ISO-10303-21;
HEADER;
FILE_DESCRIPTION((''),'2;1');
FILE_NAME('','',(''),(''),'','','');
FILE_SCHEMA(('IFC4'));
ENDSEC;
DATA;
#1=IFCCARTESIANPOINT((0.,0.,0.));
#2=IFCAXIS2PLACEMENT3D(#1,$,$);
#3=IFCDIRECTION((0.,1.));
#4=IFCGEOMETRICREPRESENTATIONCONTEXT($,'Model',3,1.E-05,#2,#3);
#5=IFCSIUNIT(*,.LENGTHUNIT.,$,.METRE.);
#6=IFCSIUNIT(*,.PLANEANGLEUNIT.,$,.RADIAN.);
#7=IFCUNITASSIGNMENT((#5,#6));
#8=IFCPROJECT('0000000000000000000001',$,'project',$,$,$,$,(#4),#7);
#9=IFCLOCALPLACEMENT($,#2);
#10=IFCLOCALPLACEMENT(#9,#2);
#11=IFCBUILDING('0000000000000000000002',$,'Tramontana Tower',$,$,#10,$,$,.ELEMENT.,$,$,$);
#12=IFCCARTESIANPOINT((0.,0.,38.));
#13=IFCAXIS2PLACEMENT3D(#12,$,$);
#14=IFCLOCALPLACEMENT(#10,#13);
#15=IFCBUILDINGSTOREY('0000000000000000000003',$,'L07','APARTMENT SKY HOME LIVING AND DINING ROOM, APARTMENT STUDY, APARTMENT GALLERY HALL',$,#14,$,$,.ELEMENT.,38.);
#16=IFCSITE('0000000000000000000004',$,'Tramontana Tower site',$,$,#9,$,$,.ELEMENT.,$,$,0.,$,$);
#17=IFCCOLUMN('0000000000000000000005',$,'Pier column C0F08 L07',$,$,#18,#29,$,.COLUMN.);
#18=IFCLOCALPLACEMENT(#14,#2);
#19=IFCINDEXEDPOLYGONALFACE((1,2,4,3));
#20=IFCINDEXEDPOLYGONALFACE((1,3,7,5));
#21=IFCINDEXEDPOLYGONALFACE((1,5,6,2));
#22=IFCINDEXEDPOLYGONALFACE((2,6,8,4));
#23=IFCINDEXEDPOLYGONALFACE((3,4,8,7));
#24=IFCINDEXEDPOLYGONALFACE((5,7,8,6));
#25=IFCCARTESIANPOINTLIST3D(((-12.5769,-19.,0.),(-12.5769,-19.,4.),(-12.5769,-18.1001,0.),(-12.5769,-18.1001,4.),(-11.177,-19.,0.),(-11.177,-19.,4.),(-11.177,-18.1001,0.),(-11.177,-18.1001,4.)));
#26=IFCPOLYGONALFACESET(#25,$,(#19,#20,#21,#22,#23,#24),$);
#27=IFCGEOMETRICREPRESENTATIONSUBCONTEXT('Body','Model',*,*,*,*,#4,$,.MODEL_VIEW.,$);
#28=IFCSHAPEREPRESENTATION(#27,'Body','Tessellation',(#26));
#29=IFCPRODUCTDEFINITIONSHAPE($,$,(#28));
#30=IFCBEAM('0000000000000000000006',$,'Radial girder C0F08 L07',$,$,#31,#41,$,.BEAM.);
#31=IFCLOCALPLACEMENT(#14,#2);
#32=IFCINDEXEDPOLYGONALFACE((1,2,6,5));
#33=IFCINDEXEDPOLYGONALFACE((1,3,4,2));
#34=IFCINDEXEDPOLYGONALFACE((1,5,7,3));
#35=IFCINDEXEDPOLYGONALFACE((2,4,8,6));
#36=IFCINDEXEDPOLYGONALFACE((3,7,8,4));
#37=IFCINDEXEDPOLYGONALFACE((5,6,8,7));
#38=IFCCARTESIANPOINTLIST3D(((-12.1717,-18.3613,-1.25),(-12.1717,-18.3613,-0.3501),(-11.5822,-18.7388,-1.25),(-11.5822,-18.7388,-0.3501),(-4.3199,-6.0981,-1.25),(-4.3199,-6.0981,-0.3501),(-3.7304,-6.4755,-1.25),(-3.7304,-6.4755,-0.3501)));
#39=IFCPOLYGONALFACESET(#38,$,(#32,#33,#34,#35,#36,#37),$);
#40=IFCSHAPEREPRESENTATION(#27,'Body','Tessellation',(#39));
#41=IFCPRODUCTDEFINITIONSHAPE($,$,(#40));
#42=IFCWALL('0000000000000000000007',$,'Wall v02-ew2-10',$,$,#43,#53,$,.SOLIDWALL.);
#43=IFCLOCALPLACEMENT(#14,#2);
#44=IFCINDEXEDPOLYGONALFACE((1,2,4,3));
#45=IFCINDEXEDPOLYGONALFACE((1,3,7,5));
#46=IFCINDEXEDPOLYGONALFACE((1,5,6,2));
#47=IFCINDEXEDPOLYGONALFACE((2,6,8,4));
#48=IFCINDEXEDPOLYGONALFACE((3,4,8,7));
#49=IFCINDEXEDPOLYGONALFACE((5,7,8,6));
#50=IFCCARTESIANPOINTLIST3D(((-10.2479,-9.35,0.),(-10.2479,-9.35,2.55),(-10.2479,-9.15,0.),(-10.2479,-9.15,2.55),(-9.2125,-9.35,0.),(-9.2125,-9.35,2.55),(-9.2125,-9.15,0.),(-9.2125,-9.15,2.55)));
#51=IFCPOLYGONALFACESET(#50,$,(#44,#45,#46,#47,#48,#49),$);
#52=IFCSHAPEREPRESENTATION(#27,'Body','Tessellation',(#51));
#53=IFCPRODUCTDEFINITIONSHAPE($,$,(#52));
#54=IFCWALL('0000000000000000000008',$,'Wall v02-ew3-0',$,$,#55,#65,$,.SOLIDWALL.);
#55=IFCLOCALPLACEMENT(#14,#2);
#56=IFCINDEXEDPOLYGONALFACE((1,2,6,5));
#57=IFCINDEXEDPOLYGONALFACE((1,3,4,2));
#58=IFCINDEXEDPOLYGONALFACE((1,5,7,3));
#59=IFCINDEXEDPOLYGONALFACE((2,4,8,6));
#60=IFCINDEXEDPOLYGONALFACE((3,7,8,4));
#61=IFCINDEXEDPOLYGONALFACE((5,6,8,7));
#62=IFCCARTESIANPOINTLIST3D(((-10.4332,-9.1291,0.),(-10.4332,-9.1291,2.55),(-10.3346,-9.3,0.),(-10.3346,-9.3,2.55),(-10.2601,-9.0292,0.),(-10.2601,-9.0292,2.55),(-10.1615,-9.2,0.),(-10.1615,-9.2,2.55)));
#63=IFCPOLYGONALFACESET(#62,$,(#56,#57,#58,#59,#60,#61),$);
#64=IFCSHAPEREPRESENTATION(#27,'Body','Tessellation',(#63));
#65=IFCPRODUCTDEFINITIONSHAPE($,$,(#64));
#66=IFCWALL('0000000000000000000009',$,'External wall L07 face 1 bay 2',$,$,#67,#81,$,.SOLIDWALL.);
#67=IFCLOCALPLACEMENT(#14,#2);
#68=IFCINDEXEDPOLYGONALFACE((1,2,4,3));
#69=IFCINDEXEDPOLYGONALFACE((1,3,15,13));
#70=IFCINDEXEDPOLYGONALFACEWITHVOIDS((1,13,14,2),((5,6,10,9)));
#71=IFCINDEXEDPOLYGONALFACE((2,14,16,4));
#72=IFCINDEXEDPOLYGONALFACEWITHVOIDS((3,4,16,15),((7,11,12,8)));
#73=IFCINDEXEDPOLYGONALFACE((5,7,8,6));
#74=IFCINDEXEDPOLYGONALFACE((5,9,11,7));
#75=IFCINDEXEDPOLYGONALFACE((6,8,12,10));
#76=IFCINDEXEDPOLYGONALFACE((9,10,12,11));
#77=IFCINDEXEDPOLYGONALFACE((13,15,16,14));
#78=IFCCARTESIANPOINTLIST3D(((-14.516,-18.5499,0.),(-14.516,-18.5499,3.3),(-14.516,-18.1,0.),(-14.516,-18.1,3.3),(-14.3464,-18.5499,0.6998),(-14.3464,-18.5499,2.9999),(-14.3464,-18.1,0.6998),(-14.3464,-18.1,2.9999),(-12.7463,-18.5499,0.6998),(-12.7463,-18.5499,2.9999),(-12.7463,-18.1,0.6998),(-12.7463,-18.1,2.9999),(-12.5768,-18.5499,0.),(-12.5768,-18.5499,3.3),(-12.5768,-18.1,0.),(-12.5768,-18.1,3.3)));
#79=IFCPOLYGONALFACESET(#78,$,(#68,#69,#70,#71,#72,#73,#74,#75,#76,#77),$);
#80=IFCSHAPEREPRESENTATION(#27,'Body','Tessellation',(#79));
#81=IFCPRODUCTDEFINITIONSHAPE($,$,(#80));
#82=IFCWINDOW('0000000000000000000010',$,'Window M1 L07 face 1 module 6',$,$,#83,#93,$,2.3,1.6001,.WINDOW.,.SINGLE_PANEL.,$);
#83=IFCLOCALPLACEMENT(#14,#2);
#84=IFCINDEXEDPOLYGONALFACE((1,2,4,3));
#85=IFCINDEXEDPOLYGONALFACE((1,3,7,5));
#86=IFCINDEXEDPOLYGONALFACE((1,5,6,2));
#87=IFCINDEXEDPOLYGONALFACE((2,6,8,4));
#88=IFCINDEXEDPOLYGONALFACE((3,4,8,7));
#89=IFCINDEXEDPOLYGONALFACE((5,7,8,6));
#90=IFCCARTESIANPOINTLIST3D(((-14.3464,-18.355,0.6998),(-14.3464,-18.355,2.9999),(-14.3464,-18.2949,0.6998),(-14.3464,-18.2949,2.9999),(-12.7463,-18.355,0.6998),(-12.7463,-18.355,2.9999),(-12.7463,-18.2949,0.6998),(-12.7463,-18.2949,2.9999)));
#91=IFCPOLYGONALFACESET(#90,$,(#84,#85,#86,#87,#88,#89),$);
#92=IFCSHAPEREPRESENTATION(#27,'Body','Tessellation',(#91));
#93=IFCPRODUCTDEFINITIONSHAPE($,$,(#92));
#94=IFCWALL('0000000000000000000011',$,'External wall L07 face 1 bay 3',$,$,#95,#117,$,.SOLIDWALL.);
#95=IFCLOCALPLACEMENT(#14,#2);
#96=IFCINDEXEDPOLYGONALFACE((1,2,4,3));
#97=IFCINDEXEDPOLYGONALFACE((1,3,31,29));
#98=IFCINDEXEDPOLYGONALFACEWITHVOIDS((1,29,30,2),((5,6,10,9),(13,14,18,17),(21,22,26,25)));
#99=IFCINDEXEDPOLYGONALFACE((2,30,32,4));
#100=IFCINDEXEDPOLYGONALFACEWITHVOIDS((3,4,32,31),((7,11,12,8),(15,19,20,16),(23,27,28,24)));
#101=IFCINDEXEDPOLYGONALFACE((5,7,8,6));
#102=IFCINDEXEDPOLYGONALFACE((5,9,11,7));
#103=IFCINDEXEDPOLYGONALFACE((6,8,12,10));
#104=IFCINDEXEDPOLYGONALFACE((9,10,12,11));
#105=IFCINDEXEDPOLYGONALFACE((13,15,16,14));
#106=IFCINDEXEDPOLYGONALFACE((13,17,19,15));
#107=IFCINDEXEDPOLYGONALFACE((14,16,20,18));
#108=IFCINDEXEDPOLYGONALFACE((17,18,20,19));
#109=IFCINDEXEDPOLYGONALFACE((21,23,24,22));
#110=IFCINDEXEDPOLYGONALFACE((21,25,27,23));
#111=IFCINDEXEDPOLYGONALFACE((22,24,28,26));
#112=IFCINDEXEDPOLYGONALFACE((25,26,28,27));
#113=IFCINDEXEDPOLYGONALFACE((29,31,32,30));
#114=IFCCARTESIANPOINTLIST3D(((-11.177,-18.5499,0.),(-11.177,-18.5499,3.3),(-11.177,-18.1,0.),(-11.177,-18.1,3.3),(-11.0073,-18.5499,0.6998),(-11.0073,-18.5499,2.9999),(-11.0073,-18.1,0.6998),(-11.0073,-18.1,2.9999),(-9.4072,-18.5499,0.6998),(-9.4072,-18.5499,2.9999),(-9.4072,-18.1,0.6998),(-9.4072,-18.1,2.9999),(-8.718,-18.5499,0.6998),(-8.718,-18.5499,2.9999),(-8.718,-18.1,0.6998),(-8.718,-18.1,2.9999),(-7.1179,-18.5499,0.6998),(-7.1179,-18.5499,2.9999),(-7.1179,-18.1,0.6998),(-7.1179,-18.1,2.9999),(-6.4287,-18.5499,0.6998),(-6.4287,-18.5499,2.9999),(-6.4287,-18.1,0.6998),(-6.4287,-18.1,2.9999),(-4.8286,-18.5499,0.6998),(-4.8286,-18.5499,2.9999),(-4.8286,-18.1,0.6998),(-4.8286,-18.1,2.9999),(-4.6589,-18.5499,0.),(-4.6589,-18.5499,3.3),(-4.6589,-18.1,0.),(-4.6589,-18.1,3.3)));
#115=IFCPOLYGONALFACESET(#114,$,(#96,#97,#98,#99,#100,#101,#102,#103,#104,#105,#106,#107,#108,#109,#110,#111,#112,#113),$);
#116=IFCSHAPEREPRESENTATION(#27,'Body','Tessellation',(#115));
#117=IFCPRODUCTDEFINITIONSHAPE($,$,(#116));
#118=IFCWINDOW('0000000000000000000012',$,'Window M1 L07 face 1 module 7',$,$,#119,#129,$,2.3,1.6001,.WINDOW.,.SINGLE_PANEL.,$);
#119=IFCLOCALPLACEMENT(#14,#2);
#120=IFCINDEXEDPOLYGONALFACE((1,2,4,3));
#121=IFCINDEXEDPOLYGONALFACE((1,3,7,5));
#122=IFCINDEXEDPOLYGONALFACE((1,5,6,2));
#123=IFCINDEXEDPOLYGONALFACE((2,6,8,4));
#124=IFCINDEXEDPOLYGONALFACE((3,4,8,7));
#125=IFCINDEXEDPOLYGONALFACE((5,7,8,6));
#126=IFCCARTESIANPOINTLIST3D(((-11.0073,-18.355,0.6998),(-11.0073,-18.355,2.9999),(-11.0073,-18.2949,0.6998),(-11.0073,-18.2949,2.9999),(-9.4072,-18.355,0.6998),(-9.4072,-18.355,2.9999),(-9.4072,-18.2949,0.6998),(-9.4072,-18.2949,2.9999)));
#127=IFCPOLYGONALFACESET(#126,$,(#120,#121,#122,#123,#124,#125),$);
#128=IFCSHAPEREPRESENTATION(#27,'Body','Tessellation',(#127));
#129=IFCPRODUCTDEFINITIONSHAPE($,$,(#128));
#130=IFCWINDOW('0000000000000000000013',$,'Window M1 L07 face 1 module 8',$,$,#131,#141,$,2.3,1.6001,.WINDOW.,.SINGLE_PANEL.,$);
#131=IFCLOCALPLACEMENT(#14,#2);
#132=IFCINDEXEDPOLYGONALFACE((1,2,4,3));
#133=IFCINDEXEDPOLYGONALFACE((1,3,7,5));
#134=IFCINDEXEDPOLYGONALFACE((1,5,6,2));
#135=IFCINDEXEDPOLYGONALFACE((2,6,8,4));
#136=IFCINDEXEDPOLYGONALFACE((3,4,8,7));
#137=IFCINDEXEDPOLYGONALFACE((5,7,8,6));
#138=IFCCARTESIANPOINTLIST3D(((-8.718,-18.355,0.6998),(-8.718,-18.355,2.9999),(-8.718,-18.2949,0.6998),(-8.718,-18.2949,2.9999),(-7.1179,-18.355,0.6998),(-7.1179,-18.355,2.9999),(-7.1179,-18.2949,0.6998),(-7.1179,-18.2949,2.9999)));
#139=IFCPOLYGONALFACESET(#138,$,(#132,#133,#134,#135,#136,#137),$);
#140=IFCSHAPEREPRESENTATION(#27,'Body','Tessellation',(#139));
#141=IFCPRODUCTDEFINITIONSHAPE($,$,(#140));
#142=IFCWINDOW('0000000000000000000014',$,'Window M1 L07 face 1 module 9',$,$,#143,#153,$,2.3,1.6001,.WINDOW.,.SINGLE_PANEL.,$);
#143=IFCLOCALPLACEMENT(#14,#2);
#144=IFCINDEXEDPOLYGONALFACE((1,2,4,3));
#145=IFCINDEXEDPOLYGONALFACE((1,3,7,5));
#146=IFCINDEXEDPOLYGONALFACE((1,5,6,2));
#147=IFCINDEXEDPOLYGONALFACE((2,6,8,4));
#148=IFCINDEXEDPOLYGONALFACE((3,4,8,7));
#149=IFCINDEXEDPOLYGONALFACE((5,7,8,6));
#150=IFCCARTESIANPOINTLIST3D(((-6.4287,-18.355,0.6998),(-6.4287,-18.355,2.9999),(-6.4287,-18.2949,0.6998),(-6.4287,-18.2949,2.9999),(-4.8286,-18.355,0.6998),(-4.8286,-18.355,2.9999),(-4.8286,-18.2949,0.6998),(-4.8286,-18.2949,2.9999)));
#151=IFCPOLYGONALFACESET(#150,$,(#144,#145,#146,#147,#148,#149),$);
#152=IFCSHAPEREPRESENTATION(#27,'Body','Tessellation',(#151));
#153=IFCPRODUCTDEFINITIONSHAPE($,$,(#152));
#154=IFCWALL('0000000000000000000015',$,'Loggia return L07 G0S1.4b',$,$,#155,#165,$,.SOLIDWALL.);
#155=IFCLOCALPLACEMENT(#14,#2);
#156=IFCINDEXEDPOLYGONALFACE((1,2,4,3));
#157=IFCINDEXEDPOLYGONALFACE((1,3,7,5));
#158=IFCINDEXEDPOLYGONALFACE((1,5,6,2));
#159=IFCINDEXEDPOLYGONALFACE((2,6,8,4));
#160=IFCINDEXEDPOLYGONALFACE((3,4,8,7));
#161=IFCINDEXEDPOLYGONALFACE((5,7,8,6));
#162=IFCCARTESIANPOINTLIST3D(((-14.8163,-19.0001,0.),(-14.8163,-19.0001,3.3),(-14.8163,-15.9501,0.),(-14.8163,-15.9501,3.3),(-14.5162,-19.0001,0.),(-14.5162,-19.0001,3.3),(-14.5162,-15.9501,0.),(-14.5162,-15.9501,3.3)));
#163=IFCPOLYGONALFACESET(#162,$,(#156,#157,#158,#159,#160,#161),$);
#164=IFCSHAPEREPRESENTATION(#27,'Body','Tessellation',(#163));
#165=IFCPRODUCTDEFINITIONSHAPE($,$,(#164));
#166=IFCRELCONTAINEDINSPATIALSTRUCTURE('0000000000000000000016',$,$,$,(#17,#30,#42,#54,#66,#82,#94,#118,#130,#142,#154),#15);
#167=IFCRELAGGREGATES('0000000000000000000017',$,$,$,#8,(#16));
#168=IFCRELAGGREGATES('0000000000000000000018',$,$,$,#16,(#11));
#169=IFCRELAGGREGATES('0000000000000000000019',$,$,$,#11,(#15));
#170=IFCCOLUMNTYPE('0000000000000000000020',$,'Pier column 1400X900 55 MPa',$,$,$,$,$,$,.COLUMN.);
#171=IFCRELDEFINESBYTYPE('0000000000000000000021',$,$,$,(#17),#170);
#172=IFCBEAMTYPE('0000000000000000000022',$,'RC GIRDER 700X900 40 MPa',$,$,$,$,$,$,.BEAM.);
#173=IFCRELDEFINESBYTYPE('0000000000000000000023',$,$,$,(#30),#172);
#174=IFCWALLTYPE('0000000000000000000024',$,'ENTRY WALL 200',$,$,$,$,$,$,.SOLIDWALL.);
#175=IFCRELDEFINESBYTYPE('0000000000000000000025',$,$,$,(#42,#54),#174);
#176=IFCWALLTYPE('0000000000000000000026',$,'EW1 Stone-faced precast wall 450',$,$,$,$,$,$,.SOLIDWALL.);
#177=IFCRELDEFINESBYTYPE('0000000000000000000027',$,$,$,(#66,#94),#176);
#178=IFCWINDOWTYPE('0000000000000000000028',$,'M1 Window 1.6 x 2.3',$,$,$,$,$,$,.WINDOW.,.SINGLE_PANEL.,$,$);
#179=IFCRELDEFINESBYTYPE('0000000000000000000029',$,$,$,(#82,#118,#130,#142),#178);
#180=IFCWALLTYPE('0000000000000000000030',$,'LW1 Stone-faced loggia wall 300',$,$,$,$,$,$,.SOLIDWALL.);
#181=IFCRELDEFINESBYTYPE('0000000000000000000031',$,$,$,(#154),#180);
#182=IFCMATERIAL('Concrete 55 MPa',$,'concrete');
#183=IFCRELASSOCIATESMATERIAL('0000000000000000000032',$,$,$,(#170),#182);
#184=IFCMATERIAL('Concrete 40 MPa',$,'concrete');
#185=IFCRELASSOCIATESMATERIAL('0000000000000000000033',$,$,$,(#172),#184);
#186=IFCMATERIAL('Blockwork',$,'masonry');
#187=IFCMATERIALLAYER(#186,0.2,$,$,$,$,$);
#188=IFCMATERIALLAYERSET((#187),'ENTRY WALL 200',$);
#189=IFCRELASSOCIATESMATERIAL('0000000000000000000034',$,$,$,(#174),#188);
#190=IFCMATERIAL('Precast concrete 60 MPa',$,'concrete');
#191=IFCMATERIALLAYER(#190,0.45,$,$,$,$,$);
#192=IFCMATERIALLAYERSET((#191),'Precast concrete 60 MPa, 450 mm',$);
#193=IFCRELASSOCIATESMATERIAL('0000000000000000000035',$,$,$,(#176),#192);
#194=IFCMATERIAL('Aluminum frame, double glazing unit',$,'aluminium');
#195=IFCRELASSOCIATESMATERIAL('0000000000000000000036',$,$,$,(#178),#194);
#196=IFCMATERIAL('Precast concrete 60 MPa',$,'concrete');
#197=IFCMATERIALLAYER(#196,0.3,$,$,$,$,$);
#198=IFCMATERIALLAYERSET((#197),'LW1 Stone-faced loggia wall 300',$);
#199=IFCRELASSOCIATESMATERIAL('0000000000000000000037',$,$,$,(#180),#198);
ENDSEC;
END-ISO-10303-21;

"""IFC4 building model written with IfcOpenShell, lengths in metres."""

from ifc_helpers import new_model, si_unit, direction, frame, frame_2d, origin, origin_2d, place, context, subcontext, project, spatial, rectangle, extrude, material, layer, layer_set, material_profile, profile_set, type_object, element, fill, save


model = new_model("IFC4")

# Units and contexts
model_context = context("Model", 3, precision=1e-05, world=origin(), true_north=direction((0.0, 1.0)))
body_context = subcontext(model_context, "Body", "Model", "MODEL_VIEW")
ifc_project = project(units=[si_unit("LENGTHUNIT", "METRE"), si_unit("PLANEANGLEUNIT", "RADIAN")], contexts=[model_context])

# Site, building, storey
site_placement = place(None, origin())
site = spatial("IfcSite", under=ifc_project, at=site_placement, Name="Tramontana Tower site", CompositionType="ELEMENT", RefElevation=0.0)
building_placement = place(site_placement, origin())
building = spatial("IfcBuilding", under=site, at=building_placement, Name="Tramontana Tower", CompositionType="ELEMENT")
storey_placement = place(building_placement, frame((0.0, 0.0, 38.0)))
storey = spatial("IfcBuildingStorey", under=building, at=storey_placement, Name="L07", Description="APARTMENT SKY HOME LIVING AND DINING ROOM, APARTMENT STUDY, APARTMENT GALLERY HALL", CompositionType="ELEMENT", Elevation=38.0)

# Column
ifc_material_1 = material(Name="Concrete 55 MPa", Category="concrete")
ifc_material_profile_1 = material_profile(ifc_material_1, rectangle(XDim=1.3999, YDim=0.8999, at=origin_2d()), Name="Pier column 1400X900 55 MPa")
ifc_profile_set_1 = profile_set([ifc_material_profile_1], Name="Concrete 55 MPa")
column_type = type_object("IfcColumnType", Name="Pier column 1400X900 55 MPa", PredefinedType="COLUMN", material=ifc_profile_set_1)
column_placement = place(storey_placement, frame((-11.877, -18.55, 0.0), z_axis=(0.0, 0.0, 1.0), x_axis=(1.0, 0.0, 0.0)))
element("IfcColumn", 1, at=column_placement, inside=storey, type_object=column_type, Name="Pier column C0F08 L07", PredefinedType="COLUMN", context=body_context, shape_type="SweptSolid", body=[
    extrude(rectangle(XDim=1.3999, YDim=0.8999, at=origin_2d()), origin(), (0.0, 0.0, 1.0), 4.0),
])

# Beam
ifc_material_2 = material(Name="Concrete 40 MPa", Category="concrete")
ifc_material_profile_2 = material_profile(ifc_material_2, rectangle(XDim=0.7, YDim=0.8999, at=origin_2d()), Name="RC GIRDER 700X900 40 MPa")
ifc_profile_set_2 = profile_set([ifc_material_profile_2], Name="Concrete 40 MPa")
beam_type = type_object("IfcBeamType", Name="RC GIRDER 700X900 40 MPa", PredefinedType="BEAM", material=ifc_profile_set_2)
beam_placement = place(storey_placement, frame((-11.877, -18.55, -0.8), z_axis=(0.539218, 0.842166, 0.0), x_axis=(-0.842166, 0.539218, 0.0)))
element("IfcBeam", 2, at=beam_placement, inside=storey, type_object=beam_type, Name="Radial girder C0F08 L07", PredefinedType="BEAM", context=body_context, shape_type="SweptSolid", body=[
    extrude(rectangle(XDim=0.7, YDim=0.8999, at=origin_2d()), origin(), (0.0, 0.0, 1.0), 14.5615),
])

# Walls
ifc_material_3 = material(Name="Blockwork", Category="masonry")
ifc_layer_1 = layer(ifc_material_3, 0.2)
ifc_layer_set_1 = layer_set([ifc_layer_1], Name="ENTRY WALL 200")
wall_type_1 = type_object("IfcWallType", Name="ENTRY WALL 200", PredefinedType="SOLIDWALL", material=ifc_layer_set_1)
wall_1_placement = place(storey_placement, frame((-9.2126, -9.25, 0.0), z_axis=(0.0, 0.0, 1.0), x_axis=(-1.0, 0.0, 0.0)))
element("IfcWall", 3, at=wall_1_placement, inside=storey, type_object=wall_type_1, Name="Wall v02-ew2-10", PredefinedType="SOLIDWALL", context=body_context, shape_type="SweptSolid", body=[
    extrude(rectangle(XDim=1.0354, YDim=0.2, at=frame_2d((0.5176, 0.0))), origin(), (0.0, 0.0, 1.0), 2.55),
])
wall_2_placement = place(storey_placement, frame((-10.248, -9.25, 0.0), z_axis=(0.0, 0.0, 1.0), x_axis=(-0.499865, 0.866103, 0.0)))
element("IfcWall", 4, at=wall_2_placement, inside=storey, type_object=wall_type_1, Name="Wall v02-ew3-0", PredefinedType="SOLIDWALL", context=body_context, shape_type="SweptSolid", body=[
    extrude(rectangle(XDim=0.1973, YDim=0.2, at=frame_2d((0.0986, 0.0))), origin(), (0.0, 0.0, 1.0), 2.55),
])

# Wall, opening, window
ifc_material_4 = material(Name="Precast concrete 60 MPa", Category="concrete")
ifc_layer_2 = layer(ifc_material_4, 0.45)
ifc_layer_set_2 = layer_set([ifc_layer_2], Name="Precast concrete 60 MPa, 450 mm")
wall_type_2 = type_object("IfcWallType", Name="EW1 Stone-faced precast wall 450", PredefinedType="SOLIDWALL", material=ifc_layer_set_2)
wall_3_placement = place(storey_placement, frame((-14.5161, -18.325, 0.0), z_axis=(0.0, 0.0, 1.0), x_axis=(1.0, 0.0, 0.0)))
wall_3 = element("IfcWall", 5, at=wall_3_placement, inside=storey, type_object=wall_type_2, Name="External wall L07 face 1 bay 2", PredefinedType="SOLIDWALL", context=body_context, shape_type="SweptSolid", body=[
    extrude(rectangle(XDim=1.9392, YDim=0.45, at=frame_2d((0.9697, 0.0))), origin(), (0.0, 0.0, 1.0), 3.3),
])
opening_1_placement = place(wall_3_placement, frame((0.1697, 0.0, 0.7)))
opening_1 = element("IfcOpeningElement", 6, at=opening_1_placement, cuts=wall_3, PredefinedType="OPENING", context=body_context, shape_type="SweptSolid", body=[
    extrude(rectangle(XDim=1.6001, YDim=2.3, at=frame_2d((0.8, 1.1499))), frame((0.0, 0.2349, 0.0), z_axis=(0.0, -1.0, 0.0), x_axis=(1.0, 0.0, 0.0)), (0.0, 0.0, 1.0), 0.47),
])
ifc_material_5 = material(Name="Aluminum frame, double glazing unit", Category="aluminium")
window_type = type_object("IfcWindowType", Name="M1 Window 1.6 x 2.3", PartitioningType="SINGLE_PANEL", PredefinedType="WINDOW", material=ifc_material_5)
window_1_placement = place(opening_1_placement, origin())
window_1 = element("IfcWindow", 7, at=window_1_placement, inside=storey, type_object=window_type, Name="Window M1 L07 face 1 module 6", OverallHeight=2.3, OverallWidth=1.6001, PartitioningType="SINGLE_PANEL", PredefinedType="WINDOW", context=body_context, shape_type="SweptSolid", body=[
    extrude(rectangle(XDim=1.6001, YDim=2.3, at=frame_2d((0.8, 1.1499))), frame((0.0, 0.03, 0.0), z_axis=(0.0, -1.0, 0.0), x_axis=(1.0, 0.0, 0.0)), (0.0, 0.0, 1.0), 0.0601),
])
fill(opening_1, window_1)

# Wall, openings, windows
wall_4_placement = place(storey_placement, frame((-11.177, -18.325, 0.0), z_axis=(0.0, 0.0, 1.0), x_axis=(1.0, 0.0, 0.0)))
wall_4 = element("IfcWall", 8, at=wall_4_placement, inside=storey, type_object=wall_type_2, Name="External wall L07 face 1 bay 3", PredefinedType="SOLIDWALL", context=body_context, shape_type="SweptSolid", body=[
    extrude(rectangle(XDim=6.5181, YDim=0.45, at=frame_2d((3.259, 0.0))), origin(), (0.0, 0.0, 1.0), 3.3),
])
opening_2_placement = place(wall_4_placement, frame((0.1697, 0.0, 0.7)))
opening_2 = element("IfcOpeningElement", 9, at=opening_2_placement, cuts=wall_4, PredefinedType="OPENING", context=body_context, shape_type="SweptSolid", body=[
    extrude(rectangle(XDim=1.6001, YDim=2.3, at=frame_2d((0.8, 1.1499))), frame((0.0, 0.2349, 0.0), z_axis=(0.0, -1.0, 0.0), x_axis=(1.0, 0.0, 0.0)), (0.0, 0.0, 1.0), 0.47),
])
opening_3_placement = place(wall_4_placement, frame((2.459, 0.0, 0.7)))
opening_3 = element("IfcOpeningElement", 10, at=opening_3_placement, cuts=wall_4, PredefinedType="OPENING", context=body_context, shape_type="SweptSolid", body=[
    extrude(rectangle(XDim=1.6001, YDim=2.3, at=frame_2d((0.8, 1.1499))), frame((0.0, 0.2349, 0.0), z_axis=(0.0, -1.0, 0.0), x_axis=(1.0, 0.0, 0.0)), (0.0, 0.0, 1.0), 0.47),
])
opening_4_placement = place(wall_4_placement, frame((4.7483, 0.0, 0.7)))
opening_4 = element("IfcOpeningElement", 11, at=opening_4_placement, cuts=wall_4, PredefinedType="OPENING", context=body_context, shape_type="SweptSolid", body=[
    extrude(rectangle(XDim=1.6001, YDim=2.3, at=frame_2d((0.8, 1.1499))), frame((0.0, 0.2349, 0.0), z_axis=(0.0, -1.0, 0.0), x_axis=(1.0, 0.0, 0.0)), (0.0, 0.0, 1.0), 0.47),
])
window_2_placement = place(opening_2_placement, origin())
window_2 = element("IfcWindow", 12, at=window_2_placement, inside=storey, type_object=window_type, Name="Window M1 L07 face 1 module 7", OverallHeight=2.3, OverallWidth=1.6001, PartitioningType="SINGLE_PANEL", PredefinedType="WINDOW", context=body_context, shape_type="SweptSolid", body=[
    extrude(rectangle(XDim=1.6001, YDim=2.3, at=frame_2d((0.8, 1.1499))), frame((0.0, 0.03, 0.0), z_axis=(0.0, -1.0, 0.0), x_axis=(1.0, 0.0, 0.0)), (0.0, 0.0, 1.0), 0.0601),
])
fill(opening_2, window_2)
window_3_placement = place(opening_3_placement, origin())
window_3 = element("IfcWindow", 13, at=window_3_placement, inside=storey, type_object=window_type, Name="Window M1 L07 face 1 module 8", OverallHeight=2.3, OverallWidth=1.6001, PartitioningType="SINGLE_PANEL", PredefinedType="WINDOW", context=body_context, shape_type="SweptSolid", body=[
    extrude(rectangle(XDim=1.6001, YDim=2.3, at=frame_2d((0.8, 1.1499))), frame((0.0, 0.03, 0.0), z_axis=(0.0, -1.0, 0.0), x_axis=(1.0, 0.0, 0.0)), (0.0, 0.0, 1.0), 0.0601),
])
fill(opening_3, window_3)
window_4_placement = place(opening_4_placement, origin())
window_4 = element("IfcWindow", 14, at=window_4_placement, inside=storey, type_object=window_type, Name="Window M1 L07 face 1 module 9", OverallHeight=2.3, OverallWidth=1.6001, PartitioningType="SINGLE_PANEL", PredefinedType="WINDOW", context=body_context, shape_type="SweptSolid", body=[
    extrude(rectangle(XDim=1.6001, YDim=2.3, at=frame_2d((0.8, 1.1499))), frame((0.0, 0.03, 0.0), z_axis=(0.0, -1.0, 0.0), x_axis=(1.0, 0.0, 0.0)), (0.0, 0.0, 1.0), 0.0601),
])
fill(opening_4, window_4)

# Wall
ifc_material_6 = material(Name="Precast concrete 60 MPa", Category="concrete")
ifc_layer_3 = layer(ifc_material_6, 0.3)
ifc_layer_set_3 = layer_set([ifc_layer_3], Name="LW1 Stone-faced loggia wall 300")
wall_type_3 = type_object("IfcWallType", Name="LW1 Stone-faced loggia wall 300", PredefinedType="SOLIDWALL", material=ifc_layer_set_3)
wall_5_placement = place(storey_placement, frame((-14.6663, -19.0, 0.0), z_axis=(0.0, 0.0, 1.0), x_axis=(0.0, 1.0, 0.0)))
element("IfcWall", 15, at=wall_5_placement, inside=storey, type_object=wall_type_3, Name="Loggia return L07 G0S1.4b", PredefinedType="SOLIDWALL", context=body_context, shape_type="SweptSolid", body=[
    extrude(rectangle(XDim=3.05, YDim=0.3, at=frame_2d((1.5249, 0.0))), origin(), (0.0, 0.0, 1.0), 3.3),
])

save(model, "model.ifc")
